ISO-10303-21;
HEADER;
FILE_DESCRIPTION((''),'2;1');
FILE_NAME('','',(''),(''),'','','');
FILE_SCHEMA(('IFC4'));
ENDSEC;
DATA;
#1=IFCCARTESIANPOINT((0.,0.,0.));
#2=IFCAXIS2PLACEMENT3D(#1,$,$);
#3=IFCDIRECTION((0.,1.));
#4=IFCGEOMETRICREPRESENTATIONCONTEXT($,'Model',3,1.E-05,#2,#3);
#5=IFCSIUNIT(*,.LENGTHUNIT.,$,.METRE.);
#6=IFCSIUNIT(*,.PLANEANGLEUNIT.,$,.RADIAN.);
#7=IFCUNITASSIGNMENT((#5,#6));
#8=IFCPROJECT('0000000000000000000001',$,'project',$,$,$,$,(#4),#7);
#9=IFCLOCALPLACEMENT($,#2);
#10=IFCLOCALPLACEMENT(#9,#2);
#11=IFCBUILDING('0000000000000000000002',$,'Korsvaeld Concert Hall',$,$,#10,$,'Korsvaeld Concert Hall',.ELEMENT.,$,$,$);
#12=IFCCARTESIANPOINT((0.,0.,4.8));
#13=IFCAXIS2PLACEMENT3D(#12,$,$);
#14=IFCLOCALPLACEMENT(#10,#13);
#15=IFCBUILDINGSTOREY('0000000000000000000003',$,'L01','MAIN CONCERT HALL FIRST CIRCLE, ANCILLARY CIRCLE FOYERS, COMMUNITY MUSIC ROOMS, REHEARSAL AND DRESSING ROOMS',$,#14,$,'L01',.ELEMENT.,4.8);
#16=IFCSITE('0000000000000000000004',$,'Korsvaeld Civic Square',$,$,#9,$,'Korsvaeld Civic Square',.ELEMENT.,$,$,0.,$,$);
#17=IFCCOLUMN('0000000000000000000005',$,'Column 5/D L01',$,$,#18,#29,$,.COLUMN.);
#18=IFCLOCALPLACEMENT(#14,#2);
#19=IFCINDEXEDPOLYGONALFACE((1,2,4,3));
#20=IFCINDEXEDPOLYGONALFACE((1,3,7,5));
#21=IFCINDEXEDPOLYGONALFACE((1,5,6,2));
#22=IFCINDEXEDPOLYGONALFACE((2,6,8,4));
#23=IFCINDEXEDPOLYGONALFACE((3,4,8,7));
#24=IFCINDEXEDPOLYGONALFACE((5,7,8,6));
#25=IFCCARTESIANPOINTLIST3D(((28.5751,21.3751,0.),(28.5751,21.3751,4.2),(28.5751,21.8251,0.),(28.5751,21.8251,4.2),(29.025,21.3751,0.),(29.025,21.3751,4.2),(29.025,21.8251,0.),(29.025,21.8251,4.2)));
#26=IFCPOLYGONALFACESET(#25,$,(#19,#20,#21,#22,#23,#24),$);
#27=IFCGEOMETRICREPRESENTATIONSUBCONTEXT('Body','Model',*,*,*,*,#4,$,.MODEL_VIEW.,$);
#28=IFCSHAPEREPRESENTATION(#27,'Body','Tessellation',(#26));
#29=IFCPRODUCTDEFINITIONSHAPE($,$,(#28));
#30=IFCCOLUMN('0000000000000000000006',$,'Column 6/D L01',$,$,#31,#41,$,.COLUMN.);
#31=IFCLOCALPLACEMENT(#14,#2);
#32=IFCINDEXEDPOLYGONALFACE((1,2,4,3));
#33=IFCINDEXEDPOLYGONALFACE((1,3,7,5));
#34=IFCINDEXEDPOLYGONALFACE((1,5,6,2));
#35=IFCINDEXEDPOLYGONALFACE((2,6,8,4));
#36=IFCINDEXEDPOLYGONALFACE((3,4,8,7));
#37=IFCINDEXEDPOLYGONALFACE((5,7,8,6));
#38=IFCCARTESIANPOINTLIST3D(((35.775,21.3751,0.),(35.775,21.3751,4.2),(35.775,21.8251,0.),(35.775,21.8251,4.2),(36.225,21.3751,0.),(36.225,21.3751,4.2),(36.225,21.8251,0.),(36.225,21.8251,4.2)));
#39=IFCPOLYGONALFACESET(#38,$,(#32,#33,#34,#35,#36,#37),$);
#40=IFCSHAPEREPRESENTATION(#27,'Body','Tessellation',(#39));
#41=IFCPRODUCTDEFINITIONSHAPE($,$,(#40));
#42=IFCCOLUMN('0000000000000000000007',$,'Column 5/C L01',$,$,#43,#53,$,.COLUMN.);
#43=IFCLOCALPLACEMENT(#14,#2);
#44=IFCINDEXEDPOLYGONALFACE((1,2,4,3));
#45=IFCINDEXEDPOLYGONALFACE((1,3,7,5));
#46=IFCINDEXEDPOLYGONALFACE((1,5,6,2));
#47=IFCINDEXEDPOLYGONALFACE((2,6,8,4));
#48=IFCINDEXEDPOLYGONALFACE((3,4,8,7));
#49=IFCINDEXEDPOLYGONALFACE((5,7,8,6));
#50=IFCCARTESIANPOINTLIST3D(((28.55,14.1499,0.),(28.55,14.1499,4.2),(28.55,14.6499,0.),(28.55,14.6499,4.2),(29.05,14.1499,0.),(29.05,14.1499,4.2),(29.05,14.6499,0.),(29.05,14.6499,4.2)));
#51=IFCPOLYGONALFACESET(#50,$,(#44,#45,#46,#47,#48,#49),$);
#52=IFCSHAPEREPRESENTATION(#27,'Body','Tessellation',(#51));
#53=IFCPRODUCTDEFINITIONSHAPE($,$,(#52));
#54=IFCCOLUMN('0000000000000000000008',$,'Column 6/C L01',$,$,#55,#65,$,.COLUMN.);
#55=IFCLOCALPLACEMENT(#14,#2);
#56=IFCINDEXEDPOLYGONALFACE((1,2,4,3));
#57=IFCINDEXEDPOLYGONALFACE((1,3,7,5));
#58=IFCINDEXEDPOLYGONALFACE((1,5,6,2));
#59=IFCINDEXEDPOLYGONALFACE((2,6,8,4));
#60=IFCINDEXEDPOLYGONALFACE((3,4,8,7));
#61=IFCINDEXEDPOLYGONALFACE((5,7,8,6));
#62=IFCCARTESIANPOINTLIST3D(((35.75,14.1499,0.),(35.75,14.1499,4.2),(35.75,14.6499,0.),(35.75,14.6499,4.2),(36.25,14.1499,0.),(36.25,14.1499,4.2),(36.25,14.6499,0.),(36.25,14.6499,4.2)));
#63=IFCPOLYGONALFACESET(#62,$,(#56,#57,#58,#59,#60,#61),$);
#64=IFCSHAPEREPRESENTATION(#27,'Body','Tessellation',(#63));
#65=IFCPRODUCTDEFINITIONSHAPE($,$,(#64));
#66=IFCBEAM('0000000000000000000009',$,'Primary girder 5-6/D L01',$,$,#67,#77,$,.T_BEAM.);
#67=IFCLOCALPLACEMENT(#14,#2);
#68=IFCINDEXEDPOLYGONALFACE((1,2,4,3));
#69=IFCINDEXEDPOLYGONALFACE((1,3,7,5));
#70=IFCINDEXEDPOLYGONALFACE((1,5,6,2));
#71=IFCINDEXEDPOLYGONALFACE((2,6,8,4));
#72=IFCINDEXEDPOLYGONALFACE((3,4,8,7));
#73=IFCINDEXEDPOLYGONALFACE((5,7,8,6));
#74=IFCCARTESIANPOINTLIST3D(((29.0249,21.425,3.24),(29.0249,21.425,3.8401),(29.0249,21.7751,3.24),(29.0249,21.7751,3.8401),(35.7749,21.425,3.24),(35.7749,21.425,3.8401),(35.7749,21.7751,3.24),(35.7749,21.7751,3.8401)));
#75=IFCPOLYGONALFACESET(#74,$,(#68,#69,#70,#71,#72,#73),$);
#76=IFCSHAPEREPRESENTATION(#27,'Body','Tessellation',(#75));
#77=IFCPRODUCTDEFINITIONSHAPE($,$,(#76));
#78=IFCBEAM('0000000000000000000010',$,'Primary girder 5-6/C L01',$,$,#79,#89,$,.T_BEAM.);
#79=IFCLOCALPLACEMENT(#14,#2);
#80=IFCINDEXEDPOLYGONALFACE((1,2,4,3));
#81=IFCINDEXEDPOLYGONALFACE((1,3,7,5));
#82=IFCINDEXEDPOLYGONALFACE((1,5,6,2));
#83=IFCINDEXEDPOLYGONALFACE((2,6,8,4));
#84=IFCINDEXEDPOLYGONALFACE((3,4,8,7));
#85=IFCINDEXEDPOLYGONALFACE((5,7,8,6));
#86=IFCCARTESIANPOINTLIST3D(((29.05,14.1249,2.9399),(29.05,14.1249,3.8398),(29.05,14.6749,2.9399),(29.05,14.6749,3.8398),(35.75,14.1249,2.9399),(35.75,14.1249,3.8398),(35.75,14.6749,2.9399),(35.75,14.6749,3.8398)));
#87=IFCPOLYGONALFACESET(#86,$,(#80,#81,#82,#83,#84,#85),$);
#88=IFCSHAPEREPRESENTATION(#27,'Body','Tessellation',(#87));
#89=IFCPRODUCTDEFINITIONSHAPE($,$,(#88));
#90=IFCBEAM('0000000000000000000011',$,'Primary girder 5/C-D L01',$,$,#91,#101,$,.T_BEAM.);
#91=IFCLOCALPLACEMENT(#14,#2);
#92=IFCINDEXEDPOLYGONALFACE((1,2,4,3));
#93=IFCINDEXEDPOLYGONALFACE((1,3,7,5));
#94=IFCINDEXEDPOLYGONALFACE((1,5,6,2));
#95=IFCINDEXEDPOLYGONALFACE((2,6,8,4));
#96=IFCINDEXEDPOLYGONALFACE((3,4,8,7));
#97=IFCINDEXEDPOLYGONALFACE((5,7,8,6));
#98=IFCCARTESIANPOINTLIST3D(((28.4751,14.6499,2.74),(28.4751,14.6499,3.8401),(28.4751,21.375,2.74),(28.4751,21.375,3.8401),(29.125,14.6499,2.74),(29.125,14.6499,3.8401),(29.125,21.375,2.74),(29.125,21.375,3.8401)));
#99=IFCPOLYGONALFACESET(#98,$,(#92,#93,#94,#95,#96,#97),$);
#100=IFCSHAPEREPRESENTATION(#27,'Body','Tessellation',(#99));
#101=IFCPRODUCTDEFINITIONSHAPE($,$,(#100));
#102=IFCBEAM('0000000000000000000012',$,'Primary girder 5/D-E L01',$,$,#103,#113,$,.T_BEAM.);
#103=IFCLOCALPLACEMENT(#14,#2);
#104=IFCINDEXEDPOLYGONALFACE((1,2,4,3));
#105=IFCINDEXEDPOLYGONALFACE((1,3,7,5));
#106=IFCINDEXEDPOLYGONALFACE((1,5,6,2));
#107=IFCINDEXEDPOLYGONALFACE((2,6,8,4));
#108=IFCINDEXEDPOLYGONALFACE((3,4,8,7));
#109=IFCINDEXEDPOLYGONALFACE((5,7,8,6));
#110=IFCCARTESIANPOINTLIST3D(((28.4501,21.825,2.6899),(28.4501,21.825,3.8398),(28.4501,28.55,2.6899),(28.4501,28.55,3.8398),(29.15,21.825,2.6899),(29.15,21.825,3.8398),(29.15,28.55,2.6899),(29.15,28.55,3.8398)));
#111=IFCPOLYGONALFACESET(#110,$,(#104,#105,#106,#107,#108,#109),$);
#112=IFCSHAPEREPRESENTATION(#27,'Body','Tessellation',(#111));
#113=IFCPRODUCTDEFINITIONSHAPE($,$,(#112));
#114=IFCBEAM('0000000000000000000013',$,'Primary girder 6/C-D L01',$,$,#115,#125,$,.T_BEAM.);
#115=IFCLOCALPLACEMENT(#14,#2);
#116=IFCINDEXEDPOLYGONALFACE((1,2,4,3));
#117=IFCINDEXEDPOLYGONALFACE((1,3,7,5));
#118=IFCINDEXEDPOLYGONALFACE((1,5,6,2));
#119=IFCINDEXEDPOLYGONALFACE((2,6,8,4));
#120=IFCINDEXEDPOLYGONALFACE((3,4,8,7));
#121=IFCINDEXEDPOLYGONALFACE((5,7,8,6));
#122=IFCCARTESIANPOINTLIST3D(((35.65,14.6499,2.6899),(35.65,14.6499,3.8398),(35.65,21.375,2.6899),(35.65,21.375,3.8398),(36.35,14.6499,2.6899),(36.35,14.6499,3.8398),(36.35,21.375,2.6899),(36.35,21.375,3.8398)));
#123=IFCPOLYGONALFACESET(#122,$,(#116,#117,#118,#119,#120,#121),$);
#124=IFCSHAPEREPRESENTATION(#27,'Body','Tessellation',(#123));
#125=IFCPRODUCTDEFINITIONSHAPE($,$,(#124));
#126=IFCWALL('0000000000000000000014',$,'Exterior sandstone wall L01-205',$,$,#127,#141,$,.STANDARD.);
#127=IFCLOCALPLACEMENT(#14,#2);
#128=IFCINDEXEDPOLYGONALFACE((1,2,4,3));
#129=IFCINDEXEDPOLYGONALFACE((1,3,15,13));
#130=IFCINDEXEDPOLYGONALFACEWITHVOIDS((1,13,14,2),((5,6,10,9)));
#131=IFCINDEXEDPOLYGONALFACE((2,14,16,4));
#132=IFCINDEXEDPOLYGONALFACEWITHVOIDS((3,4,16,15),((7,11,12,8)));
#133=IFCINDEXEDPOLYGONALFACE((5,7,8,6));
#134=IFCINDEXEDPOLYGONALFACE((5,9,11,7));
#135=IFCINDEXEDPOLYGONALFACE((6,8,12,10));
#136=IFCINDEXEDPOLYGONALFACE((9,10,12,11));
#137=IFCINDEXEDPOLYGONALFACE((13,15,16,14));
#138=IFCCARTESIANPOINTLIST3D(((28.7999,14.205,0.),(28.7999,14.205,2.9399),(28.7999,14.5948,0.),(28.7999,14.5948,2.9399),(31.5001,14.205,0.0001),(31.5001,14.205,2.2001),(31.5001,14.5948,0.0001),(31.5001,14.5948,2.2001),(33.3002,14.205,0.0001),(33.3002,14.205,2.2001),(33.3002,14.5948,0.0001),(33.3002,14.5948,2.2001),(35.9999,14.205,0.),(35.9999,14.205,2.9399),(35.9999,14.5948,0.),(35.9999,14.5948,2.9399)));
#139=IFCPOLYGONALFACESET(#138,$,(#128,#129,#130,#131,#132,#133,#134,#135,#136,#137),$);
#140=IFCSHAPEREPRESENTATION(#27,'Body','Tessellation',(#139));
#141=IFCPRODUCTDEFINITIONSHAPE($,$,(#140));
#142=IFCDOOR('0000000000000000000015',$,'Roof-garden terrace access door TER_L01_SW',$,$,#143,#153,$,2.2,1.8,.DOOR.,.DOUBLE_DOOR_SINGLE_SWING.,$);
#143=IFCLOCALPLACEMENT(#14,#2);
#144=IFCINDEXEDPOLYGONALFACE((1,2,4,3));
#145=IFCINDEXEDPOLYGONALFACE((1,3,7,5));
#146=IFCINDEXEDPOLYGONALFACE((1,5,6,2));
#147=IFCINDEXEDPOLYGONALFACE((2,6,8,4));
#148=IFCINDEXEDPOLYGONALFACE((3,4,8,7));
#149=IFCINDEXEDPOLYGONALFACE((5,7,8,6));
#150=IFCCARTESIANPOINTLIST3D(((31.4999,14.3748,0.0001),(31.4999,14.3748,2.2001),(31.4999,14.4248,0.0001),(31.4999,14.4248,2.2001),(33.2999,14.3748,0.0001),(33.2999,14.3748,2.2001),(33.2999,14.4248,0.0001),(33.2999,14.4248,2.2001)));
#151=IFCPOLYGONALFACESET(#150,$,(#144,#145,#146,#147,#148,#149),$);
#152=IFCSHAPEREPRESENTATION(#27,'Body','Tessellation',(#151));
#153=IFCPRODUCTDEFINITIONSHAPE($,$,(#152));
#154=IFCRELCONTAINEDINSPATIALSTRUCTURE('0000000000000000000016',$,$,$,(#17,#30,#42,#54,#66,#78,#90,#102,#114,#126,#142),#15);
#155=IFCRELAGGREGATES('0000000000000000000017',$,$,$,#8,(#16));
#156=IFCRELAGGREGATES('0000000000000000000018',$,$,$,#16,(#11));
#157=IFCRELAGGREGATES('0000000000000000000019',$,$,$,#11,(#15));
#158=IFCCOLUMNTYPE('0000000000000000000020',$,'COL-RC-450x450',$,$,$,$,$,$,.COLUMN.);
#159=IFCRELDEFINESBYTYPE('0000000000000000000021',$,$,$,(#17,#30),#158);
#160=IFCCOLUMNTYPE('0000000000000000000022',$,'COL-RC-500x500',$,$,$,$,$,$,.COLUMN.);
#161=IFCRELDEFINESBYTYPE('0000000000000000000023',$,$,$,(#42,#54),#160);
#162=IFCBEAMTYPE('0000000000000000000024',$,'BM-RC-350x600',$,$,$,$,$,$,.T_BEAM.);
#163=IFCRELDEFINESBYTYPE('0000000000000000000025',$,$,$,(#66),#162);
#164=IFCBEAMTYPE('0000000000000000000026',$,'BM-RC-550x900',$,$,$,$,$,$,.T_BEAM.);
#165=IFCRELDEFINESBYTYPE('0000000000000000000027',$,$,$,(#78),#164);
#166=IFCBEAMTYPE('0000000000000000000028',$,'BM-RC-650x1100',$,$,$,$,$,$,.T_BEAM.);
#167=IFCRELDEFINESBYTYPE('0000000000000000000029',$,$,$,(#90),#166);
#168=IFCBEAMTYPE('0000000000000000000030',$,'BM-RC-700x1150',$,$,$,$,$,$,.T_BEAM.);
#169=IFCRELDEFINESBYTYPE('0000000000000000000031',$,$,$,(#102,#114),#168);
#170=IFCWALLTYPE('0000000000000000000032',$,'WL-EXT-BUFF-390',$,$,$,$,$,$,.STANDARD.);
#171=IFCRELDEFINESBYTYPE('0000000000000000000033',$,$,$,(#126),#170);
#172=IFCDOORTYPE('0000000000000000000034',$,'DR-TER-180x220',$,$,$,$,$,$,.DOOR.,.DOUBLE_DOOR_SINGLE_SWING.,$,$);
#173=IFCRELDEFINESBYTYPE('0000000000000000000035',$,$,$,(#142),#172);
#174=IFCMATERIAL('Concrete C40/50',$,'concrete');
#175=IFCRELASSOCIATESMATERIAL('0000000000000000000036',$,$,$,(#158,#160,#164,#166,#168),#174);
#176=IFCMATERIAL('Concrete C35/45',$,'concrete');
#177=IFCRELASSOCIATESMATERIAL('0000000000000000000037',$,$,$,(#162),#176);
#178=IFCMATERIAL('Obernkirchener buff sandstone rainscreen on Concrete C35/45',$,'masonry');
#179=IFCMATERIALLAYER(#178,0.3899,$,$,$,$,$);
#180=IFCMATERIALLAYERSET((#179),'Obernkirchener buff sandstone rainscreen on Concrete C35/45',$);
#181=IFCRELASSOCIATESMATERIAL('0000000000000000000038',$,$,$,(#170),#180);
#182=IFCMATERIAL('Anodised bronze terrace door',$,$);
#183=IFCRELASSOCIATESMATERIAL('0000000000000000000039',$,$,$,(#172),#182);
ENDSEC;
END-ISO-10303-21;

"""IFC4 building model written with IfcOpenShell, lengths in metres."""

from ifc_helpers import new_model, si_unit, direction, frame, frame_2d, origin, origin_2d, place, context, subcontext, project, spatial, rectangle, extrude, material, layer, layer_set, material_profile, profile_set, type_object, element, fill, save


model = new_model("IFC4")

# Units and contexts
model_context = context("Model", 3, precision=1e-05, world=origin(), true_north=direction((0.0, 1.0)))
body_context = subcontext(model_context, "Body", "Model", "MODEL_VIEW")
ifc_project = project(units=[si_unit("LENGTHUNIT", "METRE"), si_unit("PLANEANGLEUNIT", "RADIAN")], contexts=[model_context])

# Site, building, storey
site_placement = place(None, origin())
site = spatial("IfcSite", under=ifc_project, at=site_placement, Name="Korsvaeld Civic Square", LongName="Korsvaeld Civic Square", CompositionType="ELEMENT", RefElevation=0.0)
building_placement = place(site_placement, origin())
building = spatial("IfcBuilding", under=site, at=building_placement, Name="Korsvaeld Concert Hall", LongName="Korsvaeld Concert Hall", CompositionType="ELEMENT")
storey_placement = place(building_placement, frame((0.0, 0.0, 4.8)))
storey = spatial("IfcBuildingStorey", under=building, at=storey_placement, Name="L01", Description="MAIN CONCERT HALL FIRST CIRCLE, ANCILLARY CIRCLE FOYERS, COMMUNITY MUSIC ROOMS, REHEARSAL AND DRESSING ROOMS", LongName="L01", CompositionType="ELEMENT", Elevation=4.8)

# Columns
ifc_material_1 = material(Name="Concrete C40/50", Category="concrete")
ifc_material_profile_1 = material_profile(ifc_material_1, rectangle(XDim=0.45, YDim=0.45, at=origin_2d()), Name="RC 450x450")
ifc_profile_set_1 = profile_set([ifc_material_profile_1], Name="Concrete C40/50")
column_type_1 = type_object("IfcColumnType", Name="COL-RC-450x450", PredefinedType="COLUMN", material=ifc_profile_set_1)
for number, where, z_axis, x_axis, name in (
    (1, (28.8, 21.6001, 0.0), (0.0, 0.0, 1.0), (1.0, 0.0, 0.0), "Column 5/D L01"),
    (2, (36.0, 21.6001, 0.0), (0.0, 0.0, 1.0), (1.0, 0.0, 0.0), "Column 6/D L01"),
):
    element("IfcColumn", number, at=place(storey_placement, frame(where, z_axis=z_axis, x_axis=x_axis)), inside=storey, type_object=column_type_1, Name=name, PredefinedType="COLUMN", context=body_context, shape_type="SweptSolid", body=[
        extrude(rectangle(XDim=0.45, YDim=0.45, at=origin_2d()), origin(), (0.0, 0.0, 1.0), 4.2),
    ])
ifc_material_profile_2 = material_profile(ifc_material_1, rectangle(XDim=0.5, YDim=0.5, at=origin_2d()), Name="RC 500x500")
ifc_profile_set_2 = profile_set([ifc_material_profile_2], Name="Concrete C40/50")
column_type_2 = type_object("IfcColumnType", Name="COL-RC-500x500", PredefinedType="COLUMN", material=ifc_profile_set_2)
for number, where, z_axis, x_axis, name in (
    (3, (28.8, 14.3999, 0.0), (0.0, 0.0, 1.0), (1.0, 0.0, 0.0), "Column 5/C L01"),
    (4, (36.0, 14.3999, 0.0), (0.0, 0.0, 1.0), (1.0, 0.0, 0.0), "Column 6/C L01"),
):
    element("IfcColumn", number, at=place(storey_placement, frame(where, z_axis=z_axis, x_axis=x_axis)), inside=storey, type_object=column_type_2, Name=name, PredefinedType="COLUMN", context=body_context, shape_type="SweptSolid", body=[
        extrude(rectangle(XDim=0.5, YDim=0.5, at=origin_2d()), origin(), (0.0, 0.0, 1.0), 4.2),
    ])

# Beams
ifc_material_2 = material(Name="Concrete C35/45", Category="concrete")
ifc_material_profile_3 = material_profile(ifc_material_2, rectangle(XDim=0.3501, YDim=0.6001, at=origin_2d()), Name="RC 350x600")
ifc_profile_set_3 = profile_set([ifc_material_profile_3], Name="Concrete C35/45")
beam_type_1 = type_object("IfcBeamType", Name="BM-RC-350x600", PredefinedType="T_BEAM", material=ifc_profile_set_3)
beam_1_placement = place(storey_placement, frame((29.0249, 21.6001, 3.54), z_axis=(1.0, 0.0, 0.0), x_axis=(0.0, 1.0, 0.0)))
element("IfcBeam", 5, at=beam_1_placement, inside=storey, type_object=beam_type_1, Name="Primary girder 5-6/D L01", PredefinedType="T_BEAM", context=body_context, shape_type="SweptSolid", body=[
    extrude(rectangle(XDim=0.3501, YDim=0.6001, at=origin_2d()), origin(), (0.0, 0.0, 1.0), 6.75),
])
ifc_material_profile_4 = material_profile(ifc_material_1, rectangle(XDim=0.55, YDim=0.8999, at=origin_2d()), Name="RC 550x900")
ifc_profile_set_4 = profile_set([ifc_material_profile_4], Name="Concrete C40/50")
beam_type_2 = type_object("IfcBeamType", Name="BM-RC-550x900", PredefinedType="T_BEAM", material=ifc_profile_set_4)
beam_2_placement = place(storey_placement, frame((29.05, 14.3999, 3.3899), z_axis=(1.0, 0.0, 0.0), x_axis=(0.0, 1.0, 0.0)))
element("IfcBeam", 6, at=beam_2_placement, inside=storey, type_object=beam_type_2, Name="Primary girder 5-6/C L01", PredefinedType="T_BEAM", context=body_context, shape_type="SweptSolid", body=[
    extrude(rectangle(XDim=0.55, YDim=0.8999, at=origin_2d()), origin(), (0.0, 0.0, 1.0), 6.7),
])
ifc_material_profile_5 = material_profile(ifc_material_1, rectangle(XDim=0.6499, YDim=1.1001, at=origin_2d()), Name="RC 650x1100")
ifc_profile_set_5 = profile_set([ifc_material_profile_5], Name="Concrete C40/50")
beam_type_3 = type_object("IfcBeamType", Name="BM-RC-650x1100", PredefinedType="T_BEAM", material=ifc_profile_set_5)
beam_3_placement = place(storey_placement, frame((28.8, 14.6499, 3.29), z_axis=(0.0, 1.0, 0.0), x_axis=(-1.0, 0.0, 0.0)))
element("IfcBeam", 7, at=beam_3_placement, inside=storey, type_object=beam_type_3, Name="Primary girder 5/C-D L01", PredefinedType="T_BEAM", context=body_context, shape_type="SweptSolid", body=[
    extrude(rectangle(XDim=0.6499, YDim=1.1001, at=origin_2d()), origin(), (0.0, 0.0, 1.0), 6.7251),
])
ifc_material_profile_6 = material_profile(ifc_material_1, rectangle(XDim=0.7, YDim=1.1499, at=origin_2d()), Name="RC 700x1150")
ifc_profile_set_6 = profile_set([ifc_material_profile_6], Name="Concrete C40/50")
beam_type_4 = type_object("IfcBeamType", Name="BM-RC-700x1150", PredefinedType="T_BEAM", material=ifc_profile_set_6)
for number, where, z_axis, x_axis, name in (
    (8, (28.8, 21.825, 3.2649), (0.0, 1.0, 0.0), (-1.0, 0.0, 0.0), "Primary girder 5/D-E L01"),
    (9, (36.0, 14.6499, 3.2649), (0.0, 1.0, 0.0), (-1.0, 0.0, 0.0), "Primary girder 6/C-D L01"),
):
    element("IfcBeam", number, at=place(storey_placement, frame(where, z_axis=z_axis, x_axis=x_axis)), inside=storey, type_object=beam_type_4, Name=name, PredefinedType="T_BEAM", context=body_context, shape_type="SweptSolid", body=[
        extrude(rectangle(XDim=0.7, YDim=1.1499, at=origin_2d()), origin(), (0.0, 0.0, 1.0), 6.7251),
    ])

# Wall, opening, door
ifc_material_3 = material(Name="Obernkirchener buff sandstone rainscreen on Concrete C35/45", Category="masonry")
ifc_layer_1 = layer(ifc_material_3, 0.3899)
ifc_layer_set_1 = layer_set([ifc_layer_1], Name="Obernkirchener buff sandstone rainscreen on Concrete C35/45")
wall_type_1 = type_object("IfcWallType", Name="WL-EXT-BUFF-390", PredefinedType="STANDARD", material=ifc_layer_set_1)
wall_1_placement = place(storey_placement, frame((36.0, 14.3999, 0.0), z_axis=(0.0, 0.0, 1.0), x_axis=(-1.0, 0.0, 0.0)))
wall_1 = element("IfcWall", 10, at=wall_1_placement, inside=storey, type_object=wall_type_1, Name="Exterior sandstone wall L01-205", PredefinedType="STANDARD", context=body_context, shape_type="SweptSolid", body=[
    extrude(rectangle(XDim=7.2, YDim=0.3899, at=frame_2d((3.6001, 0.0))), origin(), (0.0, 0.0, 1.0), 2.9399),
])
opening_1_placement = place(wall_1_placement, frame((2.7, 0.0, 0.0)))
opening_1 = element("IfcOpeningElement", 11, at=opening_1_placement, cuts=wall_1, PredefinedType="OPENING", context=body_context, shape_type="SweptSolid", body=[
    extrude(rectangle(XDim=1.8, YDim=2.2, at=frame_2d((0.8999, 1.1001))), frame((0.0, 0.2051, 0.0), z_axis=(0.0, -1.0, 0.0), x_axis=(1.0, 0.0, 0.0)), (0.0, 0.0, 1.0), 0.4099),
])
ifc_material_4 = material(Name="Anodised bronze terrace door")
door_type = type_object("IfcDoorType", Name="DR-TER-180x220", OperationType="DOUBLE_DOOR_SINGLE_SWING", PredefinedType="DOOR", material=ifc_material_4)
door_placement = place(opening_1_placement, frame((1.8, 0.0, 0.0), z_axis=(0.0, 0.0, 1.0), x_axis=(-1.0, 0.0, 0.0)))
door = element("IfcDoor", 12, at=door_placement, inside=storey, type_object=door_type, Name="Roof-garden terrace access door TER_L01_SW", OperationType="DOUBLE_DOOR_SINGLE_SWING", OverallHeight=2.2, OverallWidth=1.8, PredefinedType="DOOR", context=body_context, shape_type="SweptSolid", body=[
    extrude(rectangle(XDim=1.8, YDim=2.2, at=frame_2d((0.8999, 1.1001))), frame((0.0, 0.0249, 0.0), z_axis=(0.0, -1.0, 0.0), x_axis=(1.0, 0.0, 0.0)), (0.0, 0.0, 1.0), 0.05),
])
fill(opening_1, door)

save(model, "model.ifc")
